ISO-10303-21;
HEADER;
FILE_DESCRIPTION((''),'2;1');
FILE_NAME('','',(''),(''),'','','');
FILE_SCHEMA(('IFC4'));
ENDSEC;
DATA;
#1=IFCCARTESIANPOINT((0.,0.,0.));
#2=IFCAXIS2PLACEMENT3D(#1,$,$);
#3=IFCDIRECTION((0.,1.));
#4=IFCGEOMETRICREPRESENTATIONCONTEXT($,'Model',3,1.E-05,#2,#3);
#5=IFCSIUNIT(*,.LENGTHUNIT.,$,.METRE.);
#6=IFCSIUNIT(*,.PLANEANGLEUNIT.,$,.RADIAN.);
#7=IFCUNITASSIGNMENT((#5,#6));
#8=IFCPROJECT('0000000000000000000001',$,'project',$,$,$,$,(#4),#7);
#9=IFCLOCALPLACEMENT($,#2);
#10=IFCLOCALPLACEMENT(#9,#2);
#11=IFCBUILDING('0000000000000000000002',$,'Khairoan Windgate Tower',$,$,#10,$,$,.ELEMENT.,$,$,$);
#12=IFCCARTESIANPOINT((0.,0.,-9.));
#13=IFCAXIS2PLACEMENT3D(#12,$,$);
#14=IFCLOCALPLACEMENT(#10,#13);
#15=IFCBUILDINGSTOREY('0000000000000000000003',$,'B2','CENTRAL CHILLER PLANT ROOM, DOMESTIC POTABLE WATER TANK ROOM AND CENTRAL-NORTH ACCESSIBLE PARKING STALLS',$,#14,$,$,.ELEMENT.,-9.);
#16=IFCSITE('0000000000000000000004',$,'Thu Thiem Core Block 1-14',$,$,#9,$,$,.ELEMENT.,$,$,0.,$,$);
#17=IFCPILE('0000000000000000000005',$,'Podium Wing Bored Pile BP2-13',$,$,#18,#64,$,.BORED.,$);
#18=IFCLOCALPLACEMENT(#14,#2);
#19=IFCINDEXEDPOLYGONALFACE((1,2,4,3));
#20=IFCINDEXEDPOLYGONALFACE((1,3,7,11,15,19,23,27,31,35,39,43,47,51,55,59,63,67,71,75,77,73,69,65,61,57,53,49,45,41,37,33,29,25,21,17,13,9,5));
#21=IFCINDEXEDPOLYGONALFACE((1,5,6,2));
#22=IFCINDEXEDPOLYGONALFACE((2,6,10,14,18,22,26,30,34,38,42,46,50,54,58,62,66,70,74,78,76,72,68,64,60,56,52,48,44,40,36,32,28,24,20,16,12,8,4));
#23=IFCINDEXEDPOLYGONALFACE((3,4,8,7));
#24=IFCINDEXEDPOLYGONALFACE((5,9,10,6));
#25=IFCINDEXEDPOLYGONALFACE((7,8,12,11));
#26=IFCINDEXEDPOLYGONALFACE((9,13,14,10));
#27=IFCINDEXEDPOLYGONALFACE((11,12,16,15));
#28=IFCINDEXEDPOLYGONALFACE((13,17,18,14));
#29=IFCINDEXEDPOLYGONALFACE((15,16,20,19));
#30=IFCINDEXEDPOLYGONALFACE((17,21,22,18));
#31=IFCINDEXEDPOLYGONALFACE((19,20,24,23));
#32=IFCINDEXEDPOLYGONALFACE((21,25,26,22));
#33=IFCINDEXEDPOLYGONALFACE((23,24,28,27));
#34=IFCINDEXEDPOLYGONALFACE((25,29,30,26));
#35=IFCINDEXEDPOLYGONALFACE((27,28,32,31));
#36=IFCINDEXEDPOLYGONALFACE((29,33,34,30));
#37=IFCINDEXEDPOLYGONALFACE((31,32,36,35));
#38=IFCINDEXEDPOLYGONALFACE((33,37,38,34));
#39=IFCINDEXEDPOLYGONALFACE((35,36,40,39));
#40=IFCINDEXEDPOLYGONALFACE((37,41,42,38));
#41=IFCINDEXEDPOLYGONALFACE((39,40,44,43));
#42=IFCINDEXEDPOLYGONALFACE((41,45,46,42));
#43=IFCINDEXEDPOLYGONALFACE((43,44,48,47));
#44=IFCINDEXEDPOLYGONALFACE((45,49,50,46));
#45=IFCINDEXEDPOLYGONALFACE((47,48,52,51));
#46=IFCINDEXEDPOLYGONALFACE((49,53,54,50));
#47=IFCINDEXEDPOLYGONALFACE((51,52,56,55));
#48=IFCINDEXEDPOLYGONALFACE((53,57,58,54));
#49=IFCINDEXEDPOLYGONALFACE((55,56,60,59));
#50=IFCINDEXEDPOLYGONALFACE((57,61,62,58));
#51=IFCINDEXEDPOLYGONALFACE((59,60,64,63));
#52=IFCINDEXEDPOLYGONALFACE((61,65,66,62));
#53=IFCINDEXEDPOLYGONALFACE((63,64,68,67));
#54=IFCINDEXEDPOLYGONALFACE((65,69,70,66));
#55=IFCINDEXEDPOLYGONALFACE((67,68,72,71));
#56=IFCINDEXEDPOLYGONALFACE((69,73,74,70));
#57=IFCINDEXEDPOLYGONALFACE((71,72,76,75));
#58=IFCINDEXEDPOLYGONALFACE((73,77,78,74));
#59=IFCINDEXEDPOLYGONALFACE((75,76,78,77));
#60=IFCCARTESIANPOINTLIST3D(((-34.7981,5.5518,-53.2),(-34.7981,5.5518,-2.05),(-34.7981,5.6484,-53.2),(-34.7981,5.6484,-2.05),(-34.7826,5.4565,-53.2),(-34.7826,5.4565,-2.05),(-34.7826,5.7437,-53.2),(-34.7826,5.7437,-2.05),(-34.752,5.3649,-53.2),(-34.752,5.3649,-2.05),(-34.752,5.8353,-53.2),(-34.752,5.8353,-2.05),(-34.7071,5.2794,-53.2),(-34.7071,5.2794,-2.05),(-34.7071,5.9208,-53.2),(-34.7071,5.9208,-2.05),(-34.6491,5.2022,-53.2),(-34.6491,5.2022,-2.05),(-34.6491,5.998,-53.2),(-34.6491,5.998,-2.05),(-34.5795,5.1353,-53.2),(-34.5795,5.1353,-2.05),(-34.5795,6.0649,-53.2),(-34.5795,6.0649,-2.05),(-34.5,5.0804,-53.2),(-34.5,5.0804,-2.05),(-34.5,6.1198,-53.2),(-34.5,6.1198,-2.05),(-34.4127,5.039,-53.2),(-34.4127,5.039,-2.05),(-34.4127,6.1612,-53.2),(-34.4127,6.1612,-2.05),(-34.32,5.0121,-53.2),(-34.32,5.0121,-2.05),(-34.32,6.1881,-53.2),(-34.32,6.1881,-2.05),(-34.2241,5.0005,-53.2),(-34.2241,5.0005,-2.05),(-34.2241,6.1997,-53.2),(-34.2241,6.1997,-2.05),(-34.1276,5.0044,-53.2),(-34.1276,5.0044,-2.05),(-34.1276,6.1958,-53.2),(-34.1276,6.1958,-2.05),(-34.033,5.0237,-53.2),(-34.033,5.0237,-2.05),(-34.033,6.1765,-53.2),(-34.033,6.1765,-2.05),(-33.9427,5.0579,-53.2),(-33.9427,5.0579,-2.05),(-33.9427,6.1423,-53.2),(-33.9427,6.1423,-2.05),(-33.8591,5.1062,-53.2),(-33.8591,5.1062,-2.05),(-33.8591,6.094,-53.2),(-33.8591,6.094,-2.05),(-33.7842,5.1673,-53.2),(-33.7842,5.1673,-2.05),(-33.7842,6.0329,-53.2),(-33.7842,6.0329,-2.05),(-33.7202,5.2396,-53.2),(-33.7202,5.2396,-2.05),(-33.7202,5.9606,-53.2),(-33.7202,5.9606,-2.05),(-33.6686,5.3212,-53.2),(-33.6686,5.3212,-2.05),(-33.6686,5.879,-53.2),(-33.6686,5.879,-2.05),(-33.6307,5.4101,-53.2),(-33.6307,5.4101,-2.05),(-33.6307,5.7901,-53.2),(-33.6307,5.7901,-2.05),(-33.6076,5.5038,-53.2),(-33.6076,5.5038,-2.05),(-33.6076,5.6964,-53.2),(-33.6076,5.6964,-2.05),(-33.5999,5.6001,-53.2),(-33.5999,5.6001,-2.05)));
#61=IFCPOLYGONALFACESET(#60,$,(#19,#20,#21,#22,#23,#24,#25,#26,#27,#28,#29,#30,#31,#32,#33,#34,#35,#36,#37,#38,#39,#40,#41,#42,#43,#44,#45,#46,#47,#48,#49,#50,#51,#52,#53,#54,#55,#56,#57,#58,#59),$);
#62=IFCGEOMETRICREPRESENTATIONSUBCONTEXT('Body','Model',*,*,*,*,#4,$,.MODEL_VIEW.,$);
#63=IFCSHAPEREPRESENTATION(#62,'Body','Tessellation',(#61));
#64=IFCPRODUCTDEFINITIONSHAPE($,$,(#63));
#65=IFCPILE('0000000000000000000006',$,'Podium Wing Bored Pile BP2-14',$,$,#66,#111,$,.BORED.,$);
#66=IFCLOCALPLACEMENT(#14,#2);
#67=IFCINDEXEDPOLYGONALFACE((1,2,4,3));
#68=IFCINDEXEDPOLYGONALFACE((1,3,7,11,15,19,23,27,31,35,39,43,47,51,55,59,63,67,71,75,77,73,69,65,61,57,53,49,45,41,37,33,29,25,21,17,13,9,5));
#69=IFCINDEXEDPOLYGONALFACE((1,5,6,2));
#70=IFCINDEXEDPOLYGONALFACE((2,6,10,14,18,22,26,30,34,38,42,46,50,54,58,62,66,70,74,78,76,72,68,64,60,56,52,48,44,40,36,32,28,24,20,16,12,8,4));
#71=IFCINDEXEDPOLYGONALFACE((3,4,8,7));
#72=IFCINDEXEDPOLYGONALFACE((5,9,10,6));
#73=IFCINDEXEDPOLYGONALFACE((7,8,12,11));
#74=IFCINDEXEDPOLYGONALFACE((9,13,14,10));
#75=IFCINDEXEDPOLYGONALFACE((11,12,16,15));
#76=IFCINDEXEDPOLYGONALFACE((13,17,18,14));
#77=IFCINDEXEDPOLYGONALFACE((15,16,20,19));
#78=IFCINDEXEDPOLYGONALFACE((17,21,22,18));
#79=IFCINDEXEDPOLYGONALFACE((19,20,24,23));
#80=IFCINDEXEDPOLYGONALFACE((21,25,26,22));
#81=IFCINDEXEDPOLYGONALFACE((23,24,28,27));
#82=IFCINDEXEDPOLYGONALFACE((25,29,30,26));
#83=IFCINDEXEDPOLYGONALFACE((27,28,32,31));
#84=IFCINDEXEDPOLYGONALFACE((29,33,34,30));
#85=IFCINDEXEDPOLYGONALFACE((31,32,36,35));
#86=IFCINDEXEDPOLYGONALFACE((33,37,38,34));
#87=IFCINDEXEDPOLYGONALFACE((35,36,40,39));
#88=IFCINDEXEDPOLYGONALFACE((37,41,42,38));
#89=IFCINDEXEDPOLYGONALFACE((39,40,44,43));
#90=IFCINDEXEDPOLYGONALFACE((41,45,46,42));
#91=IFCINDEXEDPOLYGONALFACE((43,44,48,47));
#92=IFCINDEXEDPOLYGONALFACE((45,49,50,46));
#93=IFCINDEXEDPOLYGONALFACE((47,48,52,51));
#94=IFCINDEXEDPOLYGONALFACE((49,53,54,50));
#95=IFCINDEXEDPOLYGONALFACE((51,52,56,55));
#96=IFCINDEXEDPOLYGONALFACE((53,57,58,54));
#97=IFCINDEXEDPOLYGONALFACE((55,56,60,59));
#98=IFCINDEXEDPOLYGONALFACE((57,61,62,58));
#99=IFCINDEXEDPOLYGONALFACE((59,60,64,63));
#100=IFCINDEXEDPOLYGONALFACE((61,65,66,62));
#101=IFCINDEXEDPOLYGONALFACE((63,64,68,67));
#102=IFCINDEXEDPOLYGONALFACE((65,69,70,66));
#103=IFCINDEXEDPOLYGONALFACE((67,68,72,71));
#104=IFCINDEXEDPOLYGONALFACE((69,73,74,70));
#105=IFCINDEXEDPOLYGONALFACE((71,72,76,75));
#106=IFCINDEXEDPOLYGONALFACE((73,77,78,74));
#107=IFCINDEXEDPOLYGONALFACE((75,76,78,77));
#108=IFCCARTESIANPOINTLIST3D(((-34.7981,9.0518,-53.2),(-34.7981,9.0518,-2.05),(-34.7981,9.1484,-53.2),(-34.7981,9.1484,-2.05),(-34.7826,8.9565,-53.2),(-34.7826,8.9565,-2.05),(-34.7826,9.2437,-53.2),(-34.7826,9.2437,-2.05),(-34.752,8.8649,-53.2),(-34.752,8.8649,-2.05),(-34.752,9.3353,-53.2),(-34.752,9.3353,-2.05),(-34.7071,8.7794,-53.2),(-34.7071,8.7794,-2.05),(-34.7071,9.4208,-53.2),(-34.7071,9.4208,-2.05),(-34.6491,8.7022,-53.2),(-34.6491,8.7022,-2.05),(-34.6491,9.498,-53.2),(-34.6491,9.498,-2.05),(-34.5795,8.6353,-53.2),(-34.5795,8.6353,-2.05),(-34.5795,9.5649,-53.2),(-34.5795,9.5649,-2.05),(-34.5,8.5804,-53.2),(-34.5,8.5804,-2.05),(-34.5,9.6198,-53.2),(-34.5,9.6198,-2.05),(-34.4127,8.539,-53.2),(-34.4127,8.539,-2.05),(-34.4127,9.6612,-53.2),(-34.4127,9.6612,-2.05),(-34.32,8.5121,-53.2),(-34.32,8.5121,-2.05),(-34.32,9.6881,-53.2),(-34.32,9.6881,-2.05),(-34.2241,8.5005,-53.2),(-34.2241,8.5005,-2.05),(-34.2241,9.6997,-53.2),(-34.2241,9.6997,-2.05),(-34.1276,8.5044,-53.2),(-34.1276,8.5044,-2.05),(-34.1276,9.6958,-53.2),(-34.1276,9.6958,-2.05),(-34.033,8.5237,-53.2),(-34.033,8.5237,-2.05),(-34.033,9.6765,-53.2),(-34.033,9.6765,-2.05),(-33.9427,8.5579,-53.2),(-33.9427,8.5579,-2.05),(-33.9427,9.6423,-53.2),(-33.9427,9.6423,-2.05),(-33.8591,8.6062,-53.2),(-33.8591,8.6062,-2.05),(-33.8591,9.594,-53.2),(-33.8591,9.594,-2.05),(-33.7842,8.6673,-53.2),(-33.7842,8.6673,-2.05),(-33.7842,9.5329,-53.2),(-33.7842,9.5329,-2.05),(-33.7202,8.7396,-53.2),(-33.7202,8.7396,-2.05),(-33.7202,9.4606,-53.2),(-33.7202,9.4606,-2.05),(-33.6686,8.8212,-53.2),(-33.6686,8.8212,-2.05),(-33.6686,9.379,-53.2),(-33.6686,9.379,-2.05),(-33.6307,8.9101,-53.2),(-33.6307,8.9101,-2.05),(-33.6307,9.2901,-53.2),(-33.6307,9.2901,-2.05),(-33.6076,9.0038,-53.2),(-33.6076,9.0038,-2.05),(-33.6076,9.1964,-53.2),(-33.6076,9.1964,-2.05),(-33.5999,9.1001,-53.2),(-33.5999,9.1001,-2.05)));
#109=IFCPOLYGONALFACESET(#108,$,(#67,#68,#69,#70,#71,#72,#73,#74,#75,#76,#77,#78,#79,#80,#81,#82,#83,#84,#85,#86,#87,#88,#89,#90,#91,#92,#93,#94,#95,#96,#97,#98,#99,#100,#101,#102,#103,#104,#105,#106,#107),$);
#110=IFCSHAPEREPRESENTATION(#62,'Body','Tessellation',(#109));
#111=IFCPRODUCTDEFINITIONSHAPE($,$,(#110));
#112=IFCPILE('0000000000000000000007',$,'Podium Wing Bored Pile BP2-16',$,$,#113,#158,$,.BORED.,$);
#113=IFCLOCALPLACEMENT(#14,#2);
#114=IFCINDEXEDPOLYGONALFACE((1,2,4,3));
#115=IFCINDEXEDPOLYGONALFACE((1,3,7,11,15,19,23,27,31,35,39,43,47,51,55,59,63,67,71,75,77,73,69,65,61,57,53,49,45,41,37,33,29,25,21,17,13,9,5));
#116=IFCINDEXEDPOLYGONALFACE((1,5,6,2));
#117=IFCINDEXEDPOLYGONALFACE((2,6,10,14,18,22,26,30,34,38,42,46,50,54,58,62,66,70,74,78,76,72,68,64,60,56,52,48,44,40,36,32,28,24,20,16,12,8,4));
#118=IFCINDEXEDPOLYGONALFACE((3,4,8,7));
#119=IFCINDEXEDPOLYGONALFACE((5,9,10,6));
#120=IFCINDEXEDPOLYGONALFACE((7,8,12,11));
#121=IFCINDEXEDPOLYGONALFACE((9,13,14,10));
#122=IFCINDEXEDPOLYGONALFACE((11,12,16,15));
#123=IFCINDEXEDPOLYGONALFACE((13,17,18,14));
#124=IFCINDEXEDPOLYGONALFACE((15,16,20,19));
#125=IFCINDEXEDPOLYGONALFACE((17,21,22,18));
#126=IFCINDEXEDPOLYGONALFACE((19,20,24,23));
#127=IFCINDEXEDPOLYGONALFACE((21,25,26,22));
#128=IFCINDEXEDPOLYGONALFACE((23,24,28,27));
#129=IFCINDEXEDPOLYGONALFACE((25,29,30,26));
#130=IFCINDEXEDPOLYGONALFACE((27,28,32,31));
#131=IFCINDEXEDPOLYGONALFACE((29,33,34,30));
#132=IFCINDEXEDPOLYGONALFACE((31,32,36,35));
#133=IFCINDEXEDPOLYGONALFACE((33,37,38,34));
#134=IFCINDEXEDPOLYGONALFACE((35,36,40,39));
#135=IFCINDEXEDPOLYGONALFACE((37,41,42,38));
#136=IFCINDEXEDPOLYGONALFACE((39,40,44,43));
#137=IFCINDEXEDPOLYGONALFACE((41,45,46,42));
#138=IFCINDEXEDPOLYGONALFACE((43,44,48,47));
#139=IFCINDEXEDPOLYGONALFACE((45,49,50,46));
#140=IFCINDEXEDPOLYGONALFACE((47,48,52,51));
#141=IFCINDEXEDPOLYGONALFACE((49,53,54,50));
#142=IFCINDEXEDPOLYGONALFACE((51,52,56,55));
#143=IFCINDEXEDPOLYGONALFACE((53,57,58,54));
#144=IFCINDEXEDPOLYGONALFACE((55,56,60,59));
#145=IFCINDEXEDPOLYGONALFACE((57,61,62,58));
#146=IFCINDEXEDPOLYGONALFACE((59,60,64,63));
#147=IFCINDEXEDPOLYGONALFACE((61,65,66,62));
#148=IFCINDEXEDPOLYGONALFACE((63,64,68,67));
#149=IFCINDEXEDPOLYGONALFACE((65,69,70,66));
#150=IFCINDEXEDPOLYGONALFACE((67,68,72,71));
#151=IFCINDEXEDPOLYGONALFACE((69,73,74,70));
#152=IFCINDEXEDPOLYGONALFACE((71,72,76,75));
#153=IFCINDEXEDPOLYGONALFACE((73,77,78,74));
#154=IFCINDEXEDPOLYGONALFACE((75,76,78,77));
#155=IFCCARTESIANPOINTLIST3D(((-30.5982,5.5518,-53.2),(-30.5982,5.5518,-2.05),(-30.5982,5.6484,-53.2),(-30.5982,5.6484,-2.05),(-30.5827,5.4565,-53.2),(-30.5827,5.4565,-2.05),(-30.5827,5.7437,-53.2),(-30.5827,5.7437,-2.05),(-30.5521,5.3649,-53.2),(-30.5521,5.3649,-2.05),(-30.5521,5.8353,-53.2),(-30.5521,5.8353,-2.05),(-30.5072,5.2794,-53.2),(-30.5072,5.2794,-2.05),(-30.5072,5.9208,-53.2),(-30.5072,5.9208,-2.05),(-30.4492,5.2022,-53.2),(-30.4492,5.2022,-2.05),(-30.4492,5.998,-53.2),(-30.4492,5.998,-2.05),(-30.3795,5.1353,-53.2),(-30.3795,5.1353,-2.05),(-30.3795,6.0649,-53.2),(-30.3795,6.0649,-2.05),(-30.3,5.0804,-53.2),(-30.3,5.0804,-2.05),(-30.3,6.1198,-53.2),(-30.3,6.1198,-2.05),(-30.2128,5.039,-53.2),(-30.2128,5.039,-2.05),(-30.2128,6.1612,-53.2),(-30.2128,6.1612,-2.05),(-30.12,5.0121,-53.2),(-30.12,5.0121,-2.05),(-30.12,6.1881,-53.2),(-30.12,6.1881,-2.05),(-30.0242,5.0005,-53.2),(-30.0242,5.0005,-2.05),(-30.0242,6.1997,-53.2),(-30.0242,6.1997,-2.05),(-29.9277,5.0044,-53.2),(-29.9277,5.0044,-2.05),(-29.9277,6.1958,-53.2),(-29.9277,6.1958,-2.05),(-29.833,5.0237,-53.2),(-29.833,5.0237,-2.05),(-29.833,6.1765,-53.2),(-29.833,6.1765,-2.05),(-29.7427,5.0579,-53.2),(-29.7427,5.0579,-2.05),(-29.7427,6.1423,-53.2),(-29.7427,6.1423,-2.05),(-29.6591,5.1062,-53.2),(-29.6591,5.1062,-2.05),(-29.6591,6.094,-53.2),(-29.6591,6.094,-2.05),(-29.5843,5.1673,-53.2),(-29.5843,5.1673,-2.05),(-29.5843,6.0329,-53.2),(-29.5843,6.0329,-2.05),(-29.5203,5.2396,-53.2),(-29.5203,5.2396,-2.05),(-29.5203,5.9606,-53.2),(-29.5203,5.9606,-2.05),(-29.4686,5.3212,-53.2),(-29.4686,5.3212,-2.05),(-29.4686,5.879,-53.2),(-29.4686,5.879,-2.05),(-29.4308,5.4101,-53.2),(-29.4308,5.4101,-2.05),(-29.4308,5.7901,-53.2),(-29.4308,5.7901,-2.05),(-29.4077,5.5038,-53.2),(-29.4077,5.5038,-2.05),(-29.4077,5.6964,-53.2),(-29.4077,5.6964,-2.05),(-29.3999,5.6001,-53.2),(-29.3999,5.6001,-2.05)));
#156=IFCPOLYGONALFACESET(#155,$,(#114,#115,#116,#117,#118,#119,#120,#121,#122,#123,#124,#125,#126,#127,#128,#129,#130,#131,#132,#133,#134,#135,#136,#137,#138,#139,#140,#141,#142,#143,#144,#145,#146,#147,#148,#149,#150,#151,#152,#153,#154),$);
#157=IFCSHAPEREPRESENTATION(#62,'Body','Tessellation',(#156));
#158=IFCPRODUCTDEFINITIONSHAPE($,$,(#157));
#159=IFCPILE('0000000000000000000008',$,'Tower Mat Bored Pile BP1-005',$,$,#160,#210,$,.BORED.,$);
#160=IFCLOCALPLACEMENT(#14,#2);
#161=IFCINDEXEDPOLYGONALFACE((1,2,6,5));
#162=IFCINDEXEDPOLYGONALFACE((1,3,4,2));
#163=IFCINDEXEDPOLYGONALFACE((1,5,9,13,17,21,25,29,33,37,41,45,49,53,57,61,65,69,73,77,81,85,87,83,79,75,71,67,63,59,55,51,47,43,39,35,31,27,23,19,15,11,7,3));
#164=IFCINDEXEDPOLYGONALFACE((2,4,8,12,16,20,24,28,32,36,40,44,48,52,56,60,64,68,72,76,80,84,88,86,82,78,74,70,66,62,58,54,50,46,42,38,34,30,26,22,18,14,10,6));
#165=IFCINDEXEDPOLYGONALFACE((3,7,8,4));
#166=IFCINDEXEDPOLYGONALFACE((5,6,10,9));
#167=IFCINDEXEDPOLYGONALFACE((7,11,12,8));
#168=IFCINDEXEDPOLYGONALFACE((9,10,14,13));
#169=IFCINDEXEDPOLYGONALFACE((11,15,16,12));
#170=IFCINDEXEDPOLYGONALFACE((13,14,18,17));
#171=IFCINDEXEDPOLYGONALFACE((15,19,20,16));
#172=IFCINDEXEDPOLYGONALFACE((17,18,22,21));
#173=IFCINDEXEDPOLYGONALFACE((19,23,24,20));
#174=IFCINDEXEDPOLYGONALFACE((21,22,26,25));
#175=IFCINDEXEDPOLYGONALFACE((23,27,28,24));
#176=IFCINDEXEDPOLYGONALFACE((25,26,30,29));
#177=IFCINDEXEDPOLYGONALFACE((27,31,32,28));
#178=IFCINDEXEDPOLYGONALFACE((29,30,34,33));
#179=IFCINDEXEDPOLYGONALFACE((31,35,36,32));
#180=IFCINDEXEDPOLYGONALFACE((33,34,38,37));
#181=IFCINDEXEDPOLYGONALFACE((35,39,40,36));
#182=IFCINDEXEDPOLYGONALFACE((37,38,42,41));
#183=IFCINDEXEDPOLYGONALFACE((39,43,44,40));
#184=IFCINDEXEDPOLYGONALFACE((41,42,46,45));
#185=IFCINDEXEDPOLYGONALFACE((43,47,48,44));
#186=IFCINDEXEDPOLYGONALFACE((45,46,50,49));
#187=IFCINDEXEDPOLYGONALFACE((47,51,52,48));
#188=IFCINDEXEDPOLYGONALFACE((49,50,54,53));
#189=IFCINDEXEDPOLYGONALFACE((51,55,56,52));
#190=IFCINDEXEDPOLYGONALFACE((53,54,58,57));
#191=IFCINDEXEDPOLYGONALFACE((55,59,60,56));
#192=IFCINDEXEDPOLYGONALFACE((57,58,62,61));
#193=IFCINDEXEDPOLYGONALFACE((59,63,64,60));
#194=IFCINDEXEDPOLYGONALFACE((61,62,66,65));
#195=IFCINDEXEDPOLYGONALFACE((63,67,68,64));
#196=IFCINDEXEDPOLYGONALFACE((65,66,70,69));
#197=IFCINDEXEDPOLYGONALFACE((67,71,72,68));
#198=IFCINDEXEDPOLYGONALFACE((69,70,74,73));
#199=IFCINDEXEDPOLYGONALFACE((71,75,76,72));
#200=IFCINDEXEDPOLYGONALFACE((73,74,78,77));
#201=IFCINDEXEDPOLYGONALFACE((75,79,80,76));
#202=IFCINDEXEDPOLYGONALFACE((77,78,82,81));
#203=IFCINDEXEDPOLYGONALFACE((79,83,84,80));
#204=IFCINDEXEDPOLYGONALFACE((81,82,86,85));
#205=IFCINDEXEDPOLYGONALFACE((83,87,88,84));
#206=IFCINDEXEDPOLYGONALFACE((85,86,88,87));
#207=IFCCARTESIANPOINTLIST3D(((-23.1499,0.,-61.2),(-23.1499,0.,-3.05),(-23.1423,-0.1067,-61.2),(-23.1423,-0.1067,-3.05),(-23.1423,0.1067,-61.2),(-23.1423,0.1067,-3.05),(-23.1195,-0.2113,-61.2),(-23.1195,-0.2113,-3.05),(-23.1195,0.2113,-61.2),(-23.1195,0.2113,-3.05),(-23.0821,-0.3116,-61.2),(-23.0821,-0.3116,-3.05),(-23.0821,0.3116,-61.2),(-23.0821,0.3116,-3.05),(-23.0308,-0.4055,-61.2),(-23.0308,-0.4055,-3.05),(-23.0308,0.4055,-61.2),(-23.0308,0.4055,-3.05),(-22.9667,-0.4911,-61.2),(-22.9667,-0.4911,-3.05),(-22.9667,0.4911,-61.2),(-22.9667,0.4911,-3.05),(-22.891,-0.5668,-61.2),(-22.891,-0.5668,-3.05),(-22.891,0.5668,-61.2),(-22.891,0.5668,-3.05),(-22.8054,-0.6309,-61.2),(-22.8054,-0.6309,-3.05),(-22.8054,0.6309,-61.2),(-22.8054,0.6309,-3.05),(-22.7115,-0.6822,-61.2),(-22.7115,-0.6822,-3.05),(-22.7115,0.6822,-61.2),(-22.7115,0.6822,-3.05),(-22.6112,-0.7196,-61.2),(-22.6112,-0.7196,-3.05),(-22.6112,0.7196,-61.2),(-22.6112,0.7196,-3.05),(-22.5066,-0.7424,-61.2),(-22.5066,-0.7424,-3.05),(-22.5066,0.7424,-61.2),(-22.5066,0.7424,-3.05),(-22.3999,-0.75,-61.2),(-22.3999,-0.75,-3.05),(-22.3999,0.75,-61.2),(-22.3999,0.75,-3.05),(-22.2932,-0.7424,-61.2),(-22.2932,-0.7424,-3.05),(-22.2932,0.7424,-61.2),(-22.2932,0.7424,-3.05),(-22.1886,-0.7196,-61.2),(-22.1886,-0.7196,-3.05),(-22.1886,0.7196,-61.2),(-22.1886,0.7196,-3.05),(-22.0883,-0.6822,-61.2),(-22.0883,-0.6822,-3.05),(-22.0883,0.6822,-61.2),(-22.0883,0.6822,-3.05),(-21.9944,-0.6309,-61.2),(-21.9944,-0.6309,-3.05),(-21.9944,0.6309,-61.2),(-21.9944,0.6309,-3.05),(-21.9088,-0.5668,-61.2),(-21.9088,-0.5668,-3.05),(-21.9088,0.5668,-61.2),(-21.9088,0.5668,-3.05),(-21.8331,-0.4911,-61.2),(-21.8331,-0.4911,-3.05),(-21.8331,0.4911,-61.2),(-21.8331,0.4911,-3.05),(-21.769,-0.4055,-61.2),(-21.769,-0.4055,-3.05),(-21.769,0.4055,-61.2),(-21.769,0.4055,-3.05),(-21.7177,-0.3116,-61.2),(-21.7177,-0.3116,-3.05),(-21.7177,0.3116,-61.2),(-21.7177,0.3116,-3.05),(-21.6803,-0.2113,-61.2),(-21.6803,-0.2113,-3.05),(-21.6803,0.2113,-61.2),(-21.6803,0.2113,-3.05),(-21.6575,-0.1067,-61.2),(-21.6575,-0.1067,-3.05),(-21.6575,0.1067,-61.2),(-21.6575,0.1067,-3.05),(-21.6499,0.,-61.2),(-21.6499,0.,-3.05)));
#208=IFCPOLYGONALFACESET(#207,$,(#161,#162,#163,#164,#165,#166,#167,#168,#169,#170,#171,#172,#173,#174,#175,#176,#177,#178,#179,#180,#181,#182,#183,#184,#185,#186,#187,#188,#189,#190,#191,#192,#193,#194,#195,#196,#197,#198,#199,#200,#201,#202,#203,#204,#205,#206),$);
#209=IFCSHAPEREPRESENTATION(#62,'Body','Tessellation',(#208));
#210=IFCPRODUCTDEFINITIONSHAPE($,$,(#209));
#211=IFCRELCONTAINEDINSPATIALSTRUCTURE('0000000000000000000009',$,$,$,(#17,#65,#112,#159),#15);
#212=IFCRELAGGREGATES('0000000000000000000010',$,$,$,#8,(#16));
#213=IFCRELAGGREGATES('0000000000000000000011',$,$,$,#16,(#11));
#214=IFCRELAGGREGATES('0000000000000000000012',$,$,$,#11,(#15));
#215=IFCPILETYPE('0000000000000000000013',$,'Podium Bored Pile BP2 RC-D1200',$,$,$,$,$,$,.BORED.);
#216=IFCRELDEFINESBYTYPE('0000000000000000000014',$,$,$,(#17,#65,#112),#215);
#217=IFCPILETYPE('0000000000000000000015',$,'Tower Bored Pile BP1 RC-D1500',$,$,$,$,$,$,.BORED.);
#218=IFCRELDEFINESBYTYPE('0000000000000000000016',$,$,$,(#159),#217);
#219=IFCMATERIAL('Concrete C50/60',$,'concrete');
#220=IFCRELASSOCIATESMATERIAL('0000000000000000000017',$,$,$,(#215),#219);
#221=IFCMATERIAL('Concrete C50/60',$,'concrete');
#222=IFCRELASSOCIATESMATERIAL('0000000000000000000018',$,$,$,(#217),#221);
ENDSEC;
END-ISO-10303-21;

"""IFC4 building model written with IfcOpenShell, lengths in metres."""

from ifc_helpers import new_model, si_unit, direction, frame, origin, origin_2d, place, context, subcontext, project, spatial, circle, extrude, material, material_profile, profile_set, type_object, element, save


model = new_model("IFC4")

# Units and contexts
model_context = context("Model", 3, precision=1e-05, world=origin(), true_north=direction((0.0, 1.0)))
body_context = subcontext(model_context, "Body", "Model", "MODEL_VIEW")
ifc_project = project(units=[si_unit("LENGTHUNIT", "METRE"), si_unit("PLANEANGLEUNIT", "RADIAN")], contexts=[model_context])

# Site, building, storey
site_placement = place(None, origin())
site = spatial("IfcSite", under=ifc_project, at=site_placement, Name="Thu Thiem Core Block 1-14", CompositionType="ELEMENT", RefElevation=0.0)
building_placement = place(site_placement, origin())
building = spatial("IfcBuilding", under=site, at=building_placement, Name="Khairoan Windgate Tower", CompositionType="ELEMENT")
storey_placement = place(building_placement, frame((0.0, 0.0, -9.0)))
storey = spatial("IfcBuildingStorey", under=building, at=storey_placement, Name="B2", Description="CENTRAL CHILLER PLANT ROOM, DOMESTIC POTABLE WATER TANK ROOM AND CENTRAL-NORTH ACCESSIBLE PARKING STALLS", CompositionType="ELEMENT", Elevation=-9.0)

# Piles
ifc_material_1 = material(Name="Concrete C50/60", Category="concrete")
ifc_material_profile_1 = material_profile(ifc_material_1, circle(Radius=0.6001, at=origin_2d()))
ifc_profile_set_1 = profile_set([ifc_material_profile_1], Name="Concrete C50/60")
pile_type_1 = type_object("IfcPileType", Name="Podium Bored Pile BP2 RC-D1200", PredefinedType="BORED", material=ifc_profile_set_1)
for number, where, z_axis, x_axis, name in (
    (1, (-34.2, 5.6001, -2.05), (0.0, 0.0, -1.0), (1.0, 0.0, 0.0), "Podium Wing Bored Pile BP2-13"),
    (2, (-34.2, 9.1001, -2.05), (0.0, 0.0, -1.0), (1.0, 0.0, 0.0), "Podium Wing Bored Pile BP2-14"),
    (3, (-30.0, 5.6001, -2.05), (0.0, 0.0, -1.0), (1.0, 0.0, 0.0), "Podium Wing Bored Pile BP2-16"),
):
    element("IfcPile", number, at=place(storey_placement, frame(where, z_axis=z_axis, x_axis=x_axis)), inside=storey, type_object=pile_type_1, Name=name, PredefinedType="BORED", context=body_context, shape_type="SweptSolid", body=[
        extrude(circle(Radius=0.6001, at=origin_2d()), origin(), (0.0, 0.0, 1.0), 51.1499),
    ])
ifc_material_2 = material(Name="Concrete C50/60", Category="concrete")
ifc_material_profile_2 = material_profile(ifc_material_2, circle(Radius=0.75, at=origin_2d()))
ifc_profile_set_2 = profile_set([ifc_material_profile_2], Name="Concrete C50/60")
pile_type_2 = type_object("IfcPileType", Name="Tower Bored Pile BP1 RC-D1500", PredefinedType="BORED", material=ifc_profile_set_2)
for number, where, z_axis, x_axis, name in (
    (4, (-22.3999, 0.0, -3.05), (0.0, 0.0, -1.0), (1.0, 0.0, 0.0), "Tower Mat Bored Pile BP1-005"),
):
    element("IfcPile", number, at=place(storey_placement, frame(where, z_axis=z_axis, x_axis=x_axis)), inside=storey, type_object=pile_type_2, Name=name, PredefinedType="BORED", context=body_context, shape_type="SweptSolid", body=[
        extrude(circle(Radius=0.75, at=origin_2d()), origin(), (0.0, 0.0, 1.0), 58.1499),
    ])

save(model, "model.ifc")
